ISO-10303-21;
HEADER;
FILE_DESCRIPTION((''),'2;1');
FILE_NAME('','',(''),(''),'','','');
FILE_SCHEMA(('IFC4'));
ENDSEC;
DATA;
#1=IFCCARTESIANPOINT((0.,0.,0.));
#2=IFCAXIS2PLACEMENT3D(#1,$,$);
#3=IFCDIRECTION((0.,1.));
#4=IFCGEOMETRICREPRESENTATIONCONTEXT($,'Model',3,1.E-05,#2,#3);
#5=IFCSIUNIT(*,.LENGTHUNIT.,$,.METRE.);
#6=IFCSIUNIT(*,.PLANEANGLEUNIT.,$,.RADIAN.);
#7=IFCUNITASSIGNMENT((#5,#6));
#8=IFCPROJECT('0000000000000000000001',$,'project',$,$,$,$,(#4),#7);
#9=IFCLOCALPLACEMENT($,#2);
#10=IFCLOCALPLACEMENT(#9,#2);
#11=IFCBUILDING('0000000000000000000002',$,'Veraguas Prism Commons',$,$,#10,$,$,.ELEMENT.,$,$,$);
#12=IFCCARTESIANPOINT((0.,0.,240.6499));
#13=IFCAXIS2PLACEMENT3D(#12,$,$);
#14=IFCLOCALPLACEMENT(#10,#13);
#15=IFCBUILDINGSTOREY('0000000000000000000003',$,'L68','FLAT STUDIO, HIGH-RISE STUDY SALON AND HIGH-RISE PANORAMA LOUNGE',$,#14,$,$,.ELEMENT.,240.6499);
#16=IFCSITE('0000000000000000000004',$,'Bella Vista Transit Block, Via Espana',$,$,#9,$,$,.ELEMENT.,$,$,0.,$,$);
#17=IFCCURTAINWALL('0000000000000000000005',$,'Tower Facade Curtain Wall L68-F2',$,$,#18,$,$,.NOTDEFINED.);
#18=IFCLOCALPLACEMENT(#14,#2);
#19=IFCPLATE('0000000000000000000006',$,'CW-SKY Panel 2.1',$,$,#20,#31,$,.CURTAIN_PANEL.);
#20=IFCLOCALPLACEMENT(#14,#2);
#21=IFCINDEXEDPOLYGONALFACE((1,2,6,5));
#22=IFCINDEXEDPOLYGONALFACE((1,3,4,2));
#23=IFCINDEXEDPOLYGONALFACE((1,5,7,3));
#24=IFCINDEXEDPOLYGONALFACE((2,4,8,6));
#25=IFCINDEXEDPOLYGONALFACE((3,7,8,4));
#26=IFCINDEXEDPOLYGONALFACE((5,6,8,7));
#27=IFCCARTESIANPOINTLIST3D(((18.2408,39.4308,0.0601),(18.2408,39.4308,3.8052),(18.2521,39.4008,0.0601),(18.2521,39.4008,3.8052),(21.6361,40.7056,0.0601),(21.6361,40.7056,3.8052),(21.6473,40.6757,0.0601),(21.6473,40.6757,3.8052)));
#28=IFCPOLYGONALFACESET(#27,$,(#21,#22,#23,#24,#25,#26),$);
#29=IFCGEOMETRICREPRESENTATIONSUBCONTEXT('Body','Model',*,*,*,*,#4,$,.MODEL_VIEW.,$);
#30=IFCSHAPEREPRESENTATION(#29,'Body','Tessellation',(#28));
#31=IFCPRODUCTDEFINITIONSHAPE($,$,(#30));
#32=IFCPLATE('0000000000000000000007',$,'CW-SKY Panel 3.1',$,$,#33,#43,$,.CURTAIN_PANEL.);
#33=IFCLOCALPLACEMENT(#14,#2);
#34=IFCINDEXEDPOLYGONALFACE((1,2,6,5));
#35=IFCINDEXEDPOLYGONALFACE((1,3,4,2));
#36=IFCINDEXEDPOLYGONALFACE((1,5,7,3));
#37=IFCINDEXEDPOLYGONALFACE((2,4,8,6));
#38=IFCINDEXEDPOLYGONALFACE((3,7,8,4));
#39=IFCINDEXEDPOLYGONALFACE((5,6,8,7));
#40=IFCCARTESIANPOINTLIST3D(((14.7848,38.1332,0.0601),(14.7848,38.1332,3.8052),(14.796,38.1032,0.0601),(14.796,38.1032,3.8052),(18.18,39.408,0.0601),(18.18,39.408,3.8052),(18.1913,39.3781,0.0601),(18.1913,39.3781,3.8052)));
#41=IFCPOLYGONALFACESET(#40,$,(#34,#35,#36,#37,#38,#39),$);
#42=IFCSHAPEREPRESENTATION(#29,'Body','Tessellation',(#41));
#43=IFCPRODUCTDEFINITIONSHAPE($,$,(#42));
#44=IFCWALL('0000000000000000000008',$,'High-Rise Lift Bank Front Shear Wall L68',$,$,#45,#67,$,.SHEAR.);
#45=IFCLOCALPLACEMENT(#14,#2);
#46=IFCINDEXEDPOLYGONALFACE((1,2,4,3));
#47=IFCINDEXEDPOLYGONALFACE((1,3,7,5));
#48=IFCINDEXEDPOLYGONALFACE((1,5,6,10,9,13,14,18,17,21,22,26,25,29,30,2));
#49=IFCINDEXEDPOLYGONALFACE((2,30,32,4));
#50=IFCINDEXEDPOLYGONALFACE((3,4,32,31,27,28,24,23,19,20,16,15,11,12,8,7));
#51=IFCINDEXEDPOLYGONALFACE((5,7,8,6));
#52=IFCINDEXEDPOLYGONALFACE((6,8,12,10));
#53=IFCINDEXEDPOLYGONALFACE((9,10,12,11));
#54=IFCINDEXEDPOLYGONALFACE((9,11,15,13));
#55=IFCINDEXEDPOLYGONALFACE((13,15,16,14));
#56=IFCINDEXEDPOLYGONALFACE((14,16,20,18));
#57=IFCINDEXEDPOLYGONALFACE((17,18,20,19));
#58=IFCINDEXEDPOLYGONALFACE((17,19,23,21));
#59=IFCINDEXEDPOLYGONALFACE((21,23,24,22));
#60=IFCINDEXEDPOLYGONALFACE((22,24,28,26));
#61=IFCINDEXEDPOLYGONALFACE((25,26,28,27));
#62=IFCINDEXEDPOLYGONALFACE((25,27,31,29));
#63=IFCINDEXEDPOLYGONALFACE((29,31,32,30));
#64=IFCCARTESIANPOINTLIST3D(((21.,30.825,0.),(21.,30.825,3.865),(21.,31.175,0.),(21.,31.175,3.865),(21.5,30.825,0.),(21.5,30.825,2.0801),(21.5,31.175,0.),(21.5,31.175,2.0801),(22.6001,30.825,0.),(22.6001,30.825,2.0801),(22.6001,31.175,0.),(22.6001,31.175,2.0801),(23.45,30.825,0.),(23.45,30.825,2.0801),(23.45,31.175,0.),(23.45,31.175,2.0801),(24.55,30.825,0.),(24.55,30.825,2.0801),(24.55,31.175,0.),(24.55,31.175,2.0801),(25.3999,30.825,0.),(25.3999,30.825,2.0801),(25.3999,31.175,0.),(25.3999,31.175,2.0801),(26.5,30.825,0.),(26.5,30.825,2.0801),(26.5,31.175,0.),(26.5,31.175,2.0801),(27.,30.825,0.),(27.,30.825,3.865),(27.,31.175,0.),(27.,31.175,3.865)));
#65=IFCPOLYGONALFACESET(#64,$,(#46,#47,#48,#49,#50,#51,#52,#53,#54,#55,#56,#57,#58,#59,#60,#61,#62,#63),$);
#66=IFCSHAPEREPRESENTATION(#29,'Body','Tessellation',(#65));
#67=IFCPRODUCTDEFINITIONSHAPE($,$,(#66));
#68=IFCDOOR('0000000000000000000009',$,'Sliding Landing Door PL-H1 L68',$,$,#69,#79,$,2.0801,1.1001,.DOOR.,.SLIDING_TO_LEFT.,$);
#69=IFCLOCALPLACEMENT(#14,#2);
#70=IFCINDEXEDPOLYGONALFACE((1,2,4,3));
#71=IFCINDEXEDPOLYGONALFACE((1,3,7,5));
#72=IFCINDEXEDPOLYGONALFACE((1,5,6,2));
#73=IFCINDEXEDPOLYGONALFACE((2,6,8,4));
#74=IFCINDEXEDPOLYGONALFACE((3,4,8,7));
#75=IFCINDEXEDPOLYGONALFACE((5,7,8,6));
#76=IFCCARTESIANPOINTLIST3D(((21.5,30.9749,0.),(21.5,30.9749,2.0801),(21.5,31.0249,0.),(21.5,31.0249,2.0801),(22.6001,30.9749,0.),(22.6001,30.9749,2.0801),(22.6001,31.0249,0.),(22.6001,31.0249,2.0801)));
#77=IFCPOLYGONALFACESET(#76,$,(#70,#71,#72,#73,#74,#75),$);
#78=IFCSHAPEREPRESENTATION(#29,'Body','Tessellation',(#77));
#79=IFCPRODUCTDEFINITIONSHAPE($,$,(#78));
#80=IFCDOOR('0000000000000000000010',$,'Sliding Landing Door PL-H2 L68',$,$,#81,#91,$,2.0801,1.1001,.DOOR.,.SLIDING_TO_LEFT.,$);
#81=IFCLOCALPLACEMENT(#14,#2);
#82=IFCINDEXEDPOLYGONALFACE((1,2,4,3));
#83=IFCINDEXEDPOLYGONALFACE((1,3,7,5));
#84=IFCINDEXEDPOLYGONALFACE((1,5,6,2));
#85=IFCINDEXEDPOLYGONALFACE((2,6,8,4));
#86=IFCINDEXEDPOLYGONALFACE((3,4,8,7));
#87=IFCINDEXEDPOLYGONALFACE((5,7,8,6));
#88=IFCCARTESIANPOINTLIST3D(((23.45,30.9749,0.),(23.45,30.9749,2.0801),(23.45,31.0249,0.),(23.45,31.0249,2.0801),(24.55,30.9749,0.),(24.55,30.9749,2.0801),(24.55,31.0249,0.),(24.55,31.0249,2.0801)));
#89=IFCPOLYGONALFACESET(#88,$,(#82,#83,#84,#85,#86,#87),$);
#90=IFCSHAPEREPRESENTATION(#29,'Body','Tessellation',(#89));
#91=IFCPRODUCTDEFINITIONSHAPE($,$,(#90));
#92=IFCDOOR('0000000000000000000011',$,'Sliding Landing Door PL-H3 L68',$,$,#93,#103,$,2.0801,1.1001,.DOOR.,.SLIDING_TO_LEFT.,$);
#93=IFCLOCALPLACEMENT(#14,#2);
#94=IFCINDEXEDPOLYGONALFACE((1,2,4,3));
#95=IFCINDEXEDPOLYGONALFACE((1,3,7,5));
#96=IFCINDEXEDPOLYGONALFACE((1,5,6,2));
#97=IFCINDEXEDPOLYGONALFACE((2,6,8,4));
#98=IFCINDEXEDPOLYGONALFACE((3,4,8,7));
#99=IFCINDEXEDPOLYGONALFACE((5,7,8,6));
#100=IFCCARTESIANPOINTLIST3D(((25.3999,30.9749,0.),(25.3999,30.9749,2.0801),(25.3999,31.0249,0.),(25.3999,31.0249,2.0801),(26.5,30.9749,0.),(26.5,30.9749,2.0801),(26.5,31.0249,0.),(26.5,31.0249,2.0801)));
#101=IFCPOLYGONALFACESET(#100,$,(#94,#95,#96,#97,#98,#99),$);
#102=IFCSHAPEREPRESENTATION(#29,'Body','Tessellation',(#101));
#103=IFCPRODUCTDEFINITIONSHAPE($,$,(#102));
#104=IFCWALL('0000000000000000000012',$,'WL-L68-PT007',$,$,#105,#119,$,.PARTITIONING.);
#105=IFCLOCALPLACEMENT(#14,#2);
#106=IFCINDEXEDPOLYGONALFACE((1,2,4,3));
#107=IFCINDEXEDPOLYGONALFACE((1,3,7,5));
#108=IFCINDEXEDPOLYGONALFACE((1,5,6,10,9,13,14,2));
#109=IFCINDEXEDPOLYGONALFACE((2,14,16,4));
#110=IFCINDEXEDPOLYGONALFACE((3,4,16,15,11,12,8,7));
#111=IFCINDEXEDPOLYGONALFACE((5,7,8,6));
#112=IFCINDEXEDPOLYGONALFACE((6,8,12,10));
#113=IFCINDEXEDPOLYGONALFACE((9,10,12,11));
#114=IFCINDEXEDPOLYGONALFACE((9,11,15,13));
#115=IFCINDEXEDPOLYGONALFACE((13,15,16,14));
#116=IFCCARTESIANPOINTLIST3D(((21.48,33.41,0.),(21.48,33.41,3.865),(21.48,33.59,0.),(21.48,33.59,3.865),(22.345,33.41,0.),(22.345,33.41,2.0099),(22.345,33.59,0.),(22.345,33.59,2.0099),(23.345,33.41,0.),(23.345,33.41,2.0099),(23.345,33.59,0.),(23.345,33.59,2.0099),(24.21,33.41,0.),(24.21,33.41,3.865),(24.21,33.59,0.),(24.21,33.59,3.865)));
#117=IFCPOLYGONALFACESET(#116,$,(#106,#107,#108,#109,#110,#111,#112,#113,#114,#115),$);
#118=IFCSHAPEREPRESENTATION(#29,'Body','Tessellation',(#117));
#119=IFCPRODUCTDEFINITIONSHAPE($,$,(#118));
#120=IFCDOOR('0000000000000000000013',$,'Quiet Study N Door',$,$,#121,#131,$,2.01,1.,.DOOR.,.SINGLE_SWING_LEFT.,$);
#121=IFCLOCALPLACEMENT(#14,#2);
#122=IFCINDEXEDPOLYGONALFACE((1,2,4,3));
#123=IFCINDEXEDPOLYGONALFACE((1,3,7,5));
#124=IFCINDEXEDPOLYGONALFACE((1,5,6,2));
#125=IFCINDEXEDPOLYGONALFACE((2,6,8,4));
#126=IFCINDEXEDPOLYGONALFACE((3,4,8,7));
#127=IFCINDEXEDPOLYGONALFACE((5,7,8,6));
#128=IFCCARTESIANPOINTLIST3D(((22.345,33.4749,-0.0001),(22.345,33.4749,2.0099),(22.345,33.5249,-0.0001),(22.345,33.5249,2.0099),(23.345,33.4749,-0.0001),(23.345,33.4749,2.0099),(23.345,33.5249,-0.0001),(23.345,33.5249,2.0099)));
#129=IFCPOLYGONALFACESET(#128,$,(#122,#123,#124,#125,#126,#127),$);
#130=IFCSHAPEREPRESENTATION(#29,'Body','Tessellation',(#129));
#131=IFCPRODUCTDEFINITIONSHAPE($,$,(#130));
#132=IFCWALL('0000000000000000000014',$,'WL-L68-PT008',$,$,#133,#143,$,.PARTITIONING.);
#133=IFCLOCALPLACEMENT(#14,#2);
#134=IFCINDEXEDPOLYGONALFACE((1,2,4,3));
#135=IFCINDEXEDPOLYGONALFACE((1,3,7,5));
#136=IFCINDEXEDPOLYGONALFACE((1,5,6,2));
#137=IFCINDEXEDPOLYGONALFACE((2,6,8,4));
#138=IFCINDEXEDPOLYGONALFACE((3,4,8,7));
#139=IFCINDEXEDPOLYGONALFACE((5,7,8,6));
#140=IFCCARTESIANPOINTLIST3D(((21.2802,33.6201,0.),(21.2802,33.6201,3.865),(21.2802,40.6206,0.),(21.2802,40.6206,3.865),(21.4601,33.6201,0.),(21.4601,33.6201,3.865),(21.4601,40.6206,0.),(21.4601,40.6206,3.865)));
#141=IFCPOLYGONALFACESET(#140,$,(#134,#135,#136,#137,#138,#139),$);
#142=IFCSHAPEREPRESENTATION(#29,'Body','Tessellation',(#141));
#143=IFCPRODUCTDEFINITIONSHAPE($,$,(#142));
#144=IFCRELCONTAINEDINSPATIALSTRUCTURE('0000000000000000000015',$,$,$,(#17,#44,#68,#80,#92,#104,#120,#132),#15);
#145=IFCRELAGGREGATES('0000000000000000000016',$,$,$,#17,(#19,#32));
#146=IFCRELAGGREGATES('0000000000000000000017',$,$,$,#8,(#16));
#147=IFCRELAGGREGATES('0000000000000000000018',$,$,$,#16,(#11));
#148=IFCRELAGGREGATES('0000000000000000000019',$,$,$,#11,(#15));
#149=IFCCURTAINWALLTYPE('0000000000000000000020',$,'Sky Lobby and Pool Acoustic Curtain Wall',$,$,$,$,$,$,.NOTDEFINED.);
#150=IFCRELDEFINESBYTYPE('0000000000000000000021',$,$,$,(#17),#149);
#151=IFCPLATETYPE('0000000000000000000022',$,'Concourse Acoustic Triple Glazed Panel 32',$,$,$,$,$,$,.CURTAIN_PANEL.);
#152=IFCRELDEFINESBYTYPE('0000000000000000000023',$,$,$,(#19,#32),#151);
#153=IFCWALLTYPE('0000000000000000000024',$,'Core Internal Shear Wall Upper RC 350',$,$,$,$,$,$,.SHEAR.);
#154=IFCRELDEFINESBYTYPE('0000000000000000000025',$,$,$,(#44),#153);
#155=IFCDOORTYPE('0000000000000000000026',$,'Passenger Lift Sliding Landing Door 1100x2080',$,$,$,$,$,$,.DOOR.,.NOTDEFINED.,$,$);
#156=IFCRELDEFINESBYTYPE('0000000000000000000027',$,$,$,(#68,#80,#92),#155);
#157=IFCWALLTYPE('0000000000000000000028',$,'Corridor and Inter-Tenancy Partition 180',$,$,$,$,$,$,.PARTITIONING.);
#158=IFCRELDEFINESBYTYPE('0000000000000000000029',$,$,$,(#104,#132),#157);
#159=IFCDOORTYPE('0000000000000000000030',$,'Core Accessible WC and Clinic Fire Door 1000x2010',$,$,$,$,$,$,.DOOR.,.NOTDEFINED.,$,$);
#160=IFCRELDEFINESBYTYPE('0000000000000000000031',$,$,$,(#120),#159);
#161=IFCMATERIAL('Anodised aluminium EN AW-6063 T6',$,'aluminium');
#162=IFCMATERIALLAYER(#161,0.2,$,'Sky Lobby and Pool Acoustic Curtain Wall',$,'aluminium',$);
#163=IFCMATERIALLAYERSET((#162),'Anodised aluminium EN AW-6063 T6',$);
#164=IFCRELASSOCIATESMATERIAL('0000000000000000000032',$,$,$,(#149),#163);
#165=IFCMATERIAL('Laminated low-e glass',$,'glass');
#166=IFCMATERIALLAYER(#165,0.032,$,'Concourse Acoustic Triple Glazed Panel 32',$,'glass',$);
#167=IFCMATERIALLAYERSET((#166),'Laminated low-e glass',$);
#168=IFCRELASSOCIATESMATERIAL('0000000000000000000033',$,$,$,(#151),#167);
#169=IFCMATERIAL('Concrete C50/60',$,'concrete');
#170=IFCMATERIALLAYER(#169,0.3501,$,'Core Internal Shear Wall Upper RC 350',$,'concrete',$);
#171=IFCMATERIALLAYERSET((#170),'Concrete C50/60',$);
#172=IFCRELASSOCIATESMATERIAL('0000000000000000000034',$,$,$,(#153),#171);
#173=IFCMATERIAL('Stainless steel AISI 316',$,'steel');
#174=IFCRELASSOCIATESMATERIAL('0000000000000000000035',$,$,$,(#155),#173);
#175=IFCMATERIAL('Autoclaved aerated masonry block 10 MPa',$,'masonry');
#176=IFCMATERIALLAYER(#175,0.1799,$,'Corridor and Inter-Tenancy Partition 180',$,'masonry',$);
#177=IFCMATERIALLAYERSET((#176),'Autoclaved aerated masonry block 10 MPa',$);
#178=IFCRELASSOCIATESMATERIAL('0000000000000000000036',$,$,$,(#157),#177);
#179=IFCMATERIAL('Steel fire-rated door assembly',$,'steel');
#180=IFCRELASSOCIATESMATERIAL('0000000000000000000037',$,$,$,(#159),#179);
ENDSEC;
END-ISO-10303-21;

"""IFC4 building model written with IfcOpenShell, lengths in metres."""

from ifc_helpers import new_model, si_unit, direction, frame, frame_2d, origin, origin_2d, place, context, subcontext, project, spatial, rectangle, extrude, source, transform, mapped, material, layer, layer_set, type_object, element, fill, aggregate, save


model = new_model("IFC4")

# Units and contexts
model_context = context("Model", 3, precision=1e-05, world=origin(), true_north=direction((0.0, 1.0)))
body_context = subcontext(model_context, "Body", "Model", "MODEL_VIEW")
ifc_project = project(units=[si_unit("LENGTHUNIT", "METRE"), si_unit("PLANEANGLEUNIT", "RADIAN")], contexts=[model_context])

# Site, building, storey
site_placement = place(None, origin())
site = spatial("IfcSite", under=ifc_project, at=site_placement, Name="Bella Vista Transit Block, Via Espana", CompositionType="ELEMENT", RefElevation=0.0)
building_placement = place(site_placement, origin())
building = spatial("IfcBuilding", under=site, at=building_placement, Name="Veraguas Prism Commons", CompositionType="ELEMENT")
storey_placement = place(building_placement, frame((0.0, 0.0, 240.6499)))
storey = spatial("IfcBuildingStorey", under=building, at=storey_placement, Name="L68", Description="FLAT STUDIO, HIGH-RISE STUDY SALON AND HIGH-RISE PANORAMA LOUNGE", CompositionType="ELEMENT", Elevation=240.6499)

# Shared definitions
ifc_material_1 = material(Name="Concrete C50/60", Category="concrete")

# Curtain wall, plates
ifc_material_2 = material(Name="Anodised aluminium EN AW-6063 T6", Category="aluminium")
ifc_layer_1 = layer(ifc_material_2, 0.2, Name="Sky Lobby and Pool Acoustic Curtain Wall", Category="aluminium")
ifc_layer_set_1 = layer_set([ifc_layer_1], Name="Anodised aluminium EN AW-6063 T6")
curtain_wall_type = type_object("IfcCurtainWallType", Name="Sky Lobby and Pool Acoustic Curtain Wall", PredefinedType="NOTDEFINED", material=ifc_layer_set_1)
curtain_wall_placement = place(storey_placement, origin())
curtain_wall = element("IfcCurtainWall", 1, at=curtain_wall_placement, inside=storey, type_object=curtain_wall_type, Name="Tower Facade Curtain Wall L68-F2", PredefinedType="NOTDEFINED")
ifc_material_3 = material(Name="Laminated low-e glass", Category="glass")
ifc_layer_2 = layer(ifc_material_3, 0.032, Name="Concourse Acoustic Triple Glazed Panel 32", Category="glass")
ifc_layer_set_2 = layer_set([ifc_layer_2], Name="Laminated low-e glass")
plate_type = type_object("IfcPlateType", Name="Concourse Acoustic Triple Glazed Panel 32", PredefinedType="CURTAIN_PANEL", material=ifc_layer_set_2)
shared_shape_1 = source(origin(), body_context, "Body", "SweptSolid", [
    extrude(rectangle(XDim=3.6267, YDim=0.032, at=origin_2d()), origin(), (0.0, 0.0, 1.0), 3.7451),
])
plate_1_placement = place(storey_placement, frame((19.9441, 40.0532, 0.0601), z_axis=(0.0, 0.0, 1.0), x_axis=(-0.936182, -0.351515, 0.0)))
plate_1 = element("IfcPlate", 2, at=plate_1_placement, type_object=plate_type, Name="CW-SKY Panel 2.1", PredefinedType="CURTAIN_PANEL", context=body_context, shape_type="MappedRepresentation", body=[
    mapped(shared_shape_1, transform((0.0, 0.0, 0.0), scale=1.0)),
])
plate_2_placement = place(storey_placement, frame((16.488, 38.7556, 0.0601), z_axis=(0.0, 0.0, 1.0), x_axis=(-0.936182, -0.351515, 0.0)))
plate_2 = element("IfcPlate", 3, at=plate_2_placement, type_object=plate_type, Name="CW-SKY Panel 3.1", PredefinedType="CURTAIN_PANEL", context=body_context, shape_type="MappedRepresentation", body=[
    mapped(shared_shape_1, transform((0.0, 0.0, 0.0), scale=1.0)),
])
aggregate(curtain_wall, [plate_1, plate_2])

# Wall, openings, doors
ifc_layer_3 = layer(ifc_material_1, 0.3501, Name="Core Internal Shear Wall Upper RC 350", Category="concrete")
ifc_layer_set_3 = layer_set([ifc_layer_3], Name="Concrete C50/60")
wall_type_1 = type_object("IfcWallType", Name="Core Internal Shear Wall Upper RC 350", PredefinedType="SHEAR", material=ifc_layer_set_3)
wall_1_placement = place(storey_placement, frame((21.0, 31.0, 0.0), z_axis=(0.0, 0.0, 1.0), x_axis=(1.0, 0.0, 0.0)))
wall_1 = element("IfcWall", 4, at=wall_1_placement, inside=storey, type_object=wall_type_1, Name="High-Rise Lift Bank Front Shear Wall L68", PredefinedType="SHEAR", context=body_context, shape_type="SweptSolid", body=[
    extrude(rectangle(XDim=6.0, YDim=0.3501, at=frame_2d((3.0, 0.0))), origin(), (0.0, 0.0, 1.0), 3.865),
])
opening_1_placement = place(wall_1_placement, frame((0.5, 0.0, 0.0)))
opening_1 = element("IfcOpeningElement", 5, at=opening_1_placement, cuts=wall_1, PredefinedType="OPENING", context=body_context, shape_type="SweptSolid", body=[
    extrude(rectangle(XDim=1.1001, YDim=2.0801, at=frame_2d((0.55, 1.04))), frame((0.0, 0.1851, 0.0), z_axis=(0.0, -1.0, 0.0), x_axis=(1.0, 0.0, 0.0)), (0.0, 0.0, 1.0), 0.3701),
])
opening_2_placement = place(wall_1_placement, frame((2.45, 0.0, 0.0)))
opening_2 = element("IfcOpeningElement", 6, at=opening_2_placement, cuts=wall_1, PredefinedType="OPENING", context=body_context, shape_type="SweptSolid", body=[
    extrude(rectangle(XDim=1.1001, YDim=2.0801, at=frame_2d((0.55, 1.04))), frame((0.0, 0.1851, 0.0), z_axis=(0.0, -1.0, 0.0), x_axis=(1.0, 0.0, 0.0)), (0.0, 0.0, 1.0), 0.3701),
])
opening_3_placement = place(wall_1_placement, frame((4.3999, 0.0, 0.0)))
opening_3 = element("IfcOpeningElement", 7, at=opening_3_placement, cuts=wall_1, PredefinedType="OPENING", context=body_context, shape_type="SweptSolid", body=[
    extrude(rectangle(XDim=1.1001, YDim=2.0801, at=frame_2d((0.55, 1.04))), frame((0.0, 0.1851, 0.0), z_axis=(0.0, -1.0, 0.0), x_axis=(1.0, 0.0, 0.0)), (0.0, 0.0, 1.0), 0.3701),
])
ifc_material_4 = material(Name="Stainless steel AISI 316", Category="steel")
door_type_1 = type_object("IfcDoorType", Name="Passenger Lift Sliding Landing Door 1100x2080", OperationType="NOTDEFINED", PredefinedType="DOOR", material=ifc_material_4)
shared_shape_2 = source(origin(), body_context, "Body", "SweptSolid", [
    extrude(rectangle(XDim=1.1001, YDim=2.0801, at=frame_2d((0.55, 1.04))), frame((0.0, 0.0249, 0.0), z_axis=(0.0, -1.0, 0.0), x_axis=(1.0, 0.0, 0.0)), (0.0, 0.0, 1.0), 0.05),
])
door_1_placement = place(opening_1_placement, origin())
door_1 = element("IfcDoor", 8, at=door_1_placement, inside=storey, type_object=door_type_1, Name="Sliding Landing Door PL-H1 L68", OperationType="SLIDING_TO_LEFT", OverallHeight=2.0801, OverallWidth=1.1001, PredefinedType="DOOR", context=body_context, shape_type="MappedRepresentation", body=[
    mapped(shared_shape_2, transform((0.0, 0.0, 0.0), scale=1.0)),
])
fill(opening_1, door_1)
door_2_placement = place(opening_2_placement, origin())
door_2 = element("IfcDoor", 9, at=door_2_placement, inside=storey, type_object=door_type_1, Name="Sliding Landing Door PL-H2 L68", OperationType="SLIDING_TO_LEFT", OverallHeight=2.0801, OverallWidth=1.1001, PredefinedType="DOOR", context=body_context, shape_type="MappedRepresentation", body=[
    mapped(shared_shape_2, transform((0.0, 0.0, 0.0), scale=1.0)),
])
fill(opening_2, door_2)
door_3_placement = place(opening_3_placement, origin())
door_3 = element("IfcDoor", 10, at=door_3_placement, inside=storey, type_object=door_type_1, Name="Sliding Landing Door PL-H3 L68", OperationType="SLIDING_TO_LEFT", OverallHeight=2.0801, OverallWidth=1.1001, PredefinedType="DOOR", context=body_context, shape_type="MappedRepresentation", body=[
    mapped(shared_shape_2, transform((0.0, 0.0, 0.0), scale=1.0)),
])
fill(opening_3, door_3)

# Wall, opening, door
ifc_material_5 = material(Name="Autoclaved aerated masonry block 10 MPa", Category="masonry")
ifc_layer_4 = layer(ifc_material_5, 0.1799, Name="Corridor and Inter-Tenancy Partition 180", Category="masonry")
ifc_layer_set_4 = layer_set([ifc_layer_4], Name="Autoclaved aerated masonry block 10 MPa")
wall_type_2 = type_object("IfcWallType", Name="Corridor and Inter-Tenancy Partition 180", PredefinedType="PARTITIONING", material=ifc_layer_set_4)
wall_2_placement = place(storey_placement, frame((21.48, 33.5, 0.0), z_axis=(0.0, 0.0, 1.0), x_axis=(1.0, 0.0, 0.0)))
wall_2 = element("IfcWall", 11, at=wall_2_placement, inside=storey, type_object=wall_type_2, Name="WL-L68-PT007", PredefinedType="PARTITIONING", context=body_context, shape_type="SweptSolid", body=[
    extrude(rectangle(XDim=2.73, YDim=0.1799, at=frame_2d((1.365, 0.0))), origin(), (0.0, 0.0, 1.0), 3.865),
])
opening_4_placement = place(wall_2_placement, frame((0.865, 0.0, 0.0)))
opening_4 = element("IfcOpeningElement", 12, at=opening_4_placement, cuts=wall_2, PredefinedType="OPENING", context=body_context, shape_type="SweptSolid", body=[
    extrude(rectangle(XDim=1.0, YDim=2.01, at=frame_2d((0.5, 1.0049))), frame((0.0, 0.0999, 0.0), z_axis=(0.0, -1.0, 0.0), x_axis=(1.0, 0.0, 0.0)), (0.0, 0.0, 1.0), 0.2),
])
ifc_material_6 = material(Name="Steel fire-rated door assembly", Category="steel")
door_type_2 = type_object("IfcDoorType", Name="Core Accessible WC and Clinic Fire Door 1000x2010", OperationType="NOTDEFINED", PredefinedType="DOOR", material=ifc_material_6)
shared_shape_3 = source(origin(), body_context, "Body", "SweptSolid", [
    extrude(rectangle(XDim=1.0, YDim=2.01, at=frame_2d((0.5, 1.0049))), frame((0.0, 0.0249, 0.0), z_axis=(0.0, -1.0, 0.0), x_axis=(1.0, 0.0, 0.0)), (0.0, 0.0, 1.0), 0.05),
])
door_4_placement = place(opening_4_placement, origin())
door_4 = element("IfcDoor", 13, at=door_4_placement, inside=storey, type_object=door_type_2, Name="Quiet Study N Door", OperationType="SINGLE_SWING_LEFT", OverallHeight=2.01, OverallWidth=1.0, PredefinedType="DOOR", context=body_context, shape_type="MappedRepresentation", body=[
    mapped(shared_shape_3, transform((0.0, 0.0, 0.0), scale=1.0)),
])
fill(opening_4, door_4)

# Wall
wall_3_placement = place(storey_placement, frame((21.3701, 33.6201, 0.0), z_axis=(0.0, 0.0, 1.0), x_axis=(0.0, 1.0, 0.0)))
element("IfcWall", 14, at=wall_3_placement, inside=storey, type_object=wall_type_2, Name="WL-L68-PT008", PredefinedType="PARTITIONING", context=body_context, shape_type="SweptSolid", body=[
    extrude(rectangle(XDim=7.0005, YDim=0.1799, at=frame_2d((3.5002, 0.0))), origin(), (0.0, 0.0, 1.0), 3.865),
])

save(model, "model.ifc")
